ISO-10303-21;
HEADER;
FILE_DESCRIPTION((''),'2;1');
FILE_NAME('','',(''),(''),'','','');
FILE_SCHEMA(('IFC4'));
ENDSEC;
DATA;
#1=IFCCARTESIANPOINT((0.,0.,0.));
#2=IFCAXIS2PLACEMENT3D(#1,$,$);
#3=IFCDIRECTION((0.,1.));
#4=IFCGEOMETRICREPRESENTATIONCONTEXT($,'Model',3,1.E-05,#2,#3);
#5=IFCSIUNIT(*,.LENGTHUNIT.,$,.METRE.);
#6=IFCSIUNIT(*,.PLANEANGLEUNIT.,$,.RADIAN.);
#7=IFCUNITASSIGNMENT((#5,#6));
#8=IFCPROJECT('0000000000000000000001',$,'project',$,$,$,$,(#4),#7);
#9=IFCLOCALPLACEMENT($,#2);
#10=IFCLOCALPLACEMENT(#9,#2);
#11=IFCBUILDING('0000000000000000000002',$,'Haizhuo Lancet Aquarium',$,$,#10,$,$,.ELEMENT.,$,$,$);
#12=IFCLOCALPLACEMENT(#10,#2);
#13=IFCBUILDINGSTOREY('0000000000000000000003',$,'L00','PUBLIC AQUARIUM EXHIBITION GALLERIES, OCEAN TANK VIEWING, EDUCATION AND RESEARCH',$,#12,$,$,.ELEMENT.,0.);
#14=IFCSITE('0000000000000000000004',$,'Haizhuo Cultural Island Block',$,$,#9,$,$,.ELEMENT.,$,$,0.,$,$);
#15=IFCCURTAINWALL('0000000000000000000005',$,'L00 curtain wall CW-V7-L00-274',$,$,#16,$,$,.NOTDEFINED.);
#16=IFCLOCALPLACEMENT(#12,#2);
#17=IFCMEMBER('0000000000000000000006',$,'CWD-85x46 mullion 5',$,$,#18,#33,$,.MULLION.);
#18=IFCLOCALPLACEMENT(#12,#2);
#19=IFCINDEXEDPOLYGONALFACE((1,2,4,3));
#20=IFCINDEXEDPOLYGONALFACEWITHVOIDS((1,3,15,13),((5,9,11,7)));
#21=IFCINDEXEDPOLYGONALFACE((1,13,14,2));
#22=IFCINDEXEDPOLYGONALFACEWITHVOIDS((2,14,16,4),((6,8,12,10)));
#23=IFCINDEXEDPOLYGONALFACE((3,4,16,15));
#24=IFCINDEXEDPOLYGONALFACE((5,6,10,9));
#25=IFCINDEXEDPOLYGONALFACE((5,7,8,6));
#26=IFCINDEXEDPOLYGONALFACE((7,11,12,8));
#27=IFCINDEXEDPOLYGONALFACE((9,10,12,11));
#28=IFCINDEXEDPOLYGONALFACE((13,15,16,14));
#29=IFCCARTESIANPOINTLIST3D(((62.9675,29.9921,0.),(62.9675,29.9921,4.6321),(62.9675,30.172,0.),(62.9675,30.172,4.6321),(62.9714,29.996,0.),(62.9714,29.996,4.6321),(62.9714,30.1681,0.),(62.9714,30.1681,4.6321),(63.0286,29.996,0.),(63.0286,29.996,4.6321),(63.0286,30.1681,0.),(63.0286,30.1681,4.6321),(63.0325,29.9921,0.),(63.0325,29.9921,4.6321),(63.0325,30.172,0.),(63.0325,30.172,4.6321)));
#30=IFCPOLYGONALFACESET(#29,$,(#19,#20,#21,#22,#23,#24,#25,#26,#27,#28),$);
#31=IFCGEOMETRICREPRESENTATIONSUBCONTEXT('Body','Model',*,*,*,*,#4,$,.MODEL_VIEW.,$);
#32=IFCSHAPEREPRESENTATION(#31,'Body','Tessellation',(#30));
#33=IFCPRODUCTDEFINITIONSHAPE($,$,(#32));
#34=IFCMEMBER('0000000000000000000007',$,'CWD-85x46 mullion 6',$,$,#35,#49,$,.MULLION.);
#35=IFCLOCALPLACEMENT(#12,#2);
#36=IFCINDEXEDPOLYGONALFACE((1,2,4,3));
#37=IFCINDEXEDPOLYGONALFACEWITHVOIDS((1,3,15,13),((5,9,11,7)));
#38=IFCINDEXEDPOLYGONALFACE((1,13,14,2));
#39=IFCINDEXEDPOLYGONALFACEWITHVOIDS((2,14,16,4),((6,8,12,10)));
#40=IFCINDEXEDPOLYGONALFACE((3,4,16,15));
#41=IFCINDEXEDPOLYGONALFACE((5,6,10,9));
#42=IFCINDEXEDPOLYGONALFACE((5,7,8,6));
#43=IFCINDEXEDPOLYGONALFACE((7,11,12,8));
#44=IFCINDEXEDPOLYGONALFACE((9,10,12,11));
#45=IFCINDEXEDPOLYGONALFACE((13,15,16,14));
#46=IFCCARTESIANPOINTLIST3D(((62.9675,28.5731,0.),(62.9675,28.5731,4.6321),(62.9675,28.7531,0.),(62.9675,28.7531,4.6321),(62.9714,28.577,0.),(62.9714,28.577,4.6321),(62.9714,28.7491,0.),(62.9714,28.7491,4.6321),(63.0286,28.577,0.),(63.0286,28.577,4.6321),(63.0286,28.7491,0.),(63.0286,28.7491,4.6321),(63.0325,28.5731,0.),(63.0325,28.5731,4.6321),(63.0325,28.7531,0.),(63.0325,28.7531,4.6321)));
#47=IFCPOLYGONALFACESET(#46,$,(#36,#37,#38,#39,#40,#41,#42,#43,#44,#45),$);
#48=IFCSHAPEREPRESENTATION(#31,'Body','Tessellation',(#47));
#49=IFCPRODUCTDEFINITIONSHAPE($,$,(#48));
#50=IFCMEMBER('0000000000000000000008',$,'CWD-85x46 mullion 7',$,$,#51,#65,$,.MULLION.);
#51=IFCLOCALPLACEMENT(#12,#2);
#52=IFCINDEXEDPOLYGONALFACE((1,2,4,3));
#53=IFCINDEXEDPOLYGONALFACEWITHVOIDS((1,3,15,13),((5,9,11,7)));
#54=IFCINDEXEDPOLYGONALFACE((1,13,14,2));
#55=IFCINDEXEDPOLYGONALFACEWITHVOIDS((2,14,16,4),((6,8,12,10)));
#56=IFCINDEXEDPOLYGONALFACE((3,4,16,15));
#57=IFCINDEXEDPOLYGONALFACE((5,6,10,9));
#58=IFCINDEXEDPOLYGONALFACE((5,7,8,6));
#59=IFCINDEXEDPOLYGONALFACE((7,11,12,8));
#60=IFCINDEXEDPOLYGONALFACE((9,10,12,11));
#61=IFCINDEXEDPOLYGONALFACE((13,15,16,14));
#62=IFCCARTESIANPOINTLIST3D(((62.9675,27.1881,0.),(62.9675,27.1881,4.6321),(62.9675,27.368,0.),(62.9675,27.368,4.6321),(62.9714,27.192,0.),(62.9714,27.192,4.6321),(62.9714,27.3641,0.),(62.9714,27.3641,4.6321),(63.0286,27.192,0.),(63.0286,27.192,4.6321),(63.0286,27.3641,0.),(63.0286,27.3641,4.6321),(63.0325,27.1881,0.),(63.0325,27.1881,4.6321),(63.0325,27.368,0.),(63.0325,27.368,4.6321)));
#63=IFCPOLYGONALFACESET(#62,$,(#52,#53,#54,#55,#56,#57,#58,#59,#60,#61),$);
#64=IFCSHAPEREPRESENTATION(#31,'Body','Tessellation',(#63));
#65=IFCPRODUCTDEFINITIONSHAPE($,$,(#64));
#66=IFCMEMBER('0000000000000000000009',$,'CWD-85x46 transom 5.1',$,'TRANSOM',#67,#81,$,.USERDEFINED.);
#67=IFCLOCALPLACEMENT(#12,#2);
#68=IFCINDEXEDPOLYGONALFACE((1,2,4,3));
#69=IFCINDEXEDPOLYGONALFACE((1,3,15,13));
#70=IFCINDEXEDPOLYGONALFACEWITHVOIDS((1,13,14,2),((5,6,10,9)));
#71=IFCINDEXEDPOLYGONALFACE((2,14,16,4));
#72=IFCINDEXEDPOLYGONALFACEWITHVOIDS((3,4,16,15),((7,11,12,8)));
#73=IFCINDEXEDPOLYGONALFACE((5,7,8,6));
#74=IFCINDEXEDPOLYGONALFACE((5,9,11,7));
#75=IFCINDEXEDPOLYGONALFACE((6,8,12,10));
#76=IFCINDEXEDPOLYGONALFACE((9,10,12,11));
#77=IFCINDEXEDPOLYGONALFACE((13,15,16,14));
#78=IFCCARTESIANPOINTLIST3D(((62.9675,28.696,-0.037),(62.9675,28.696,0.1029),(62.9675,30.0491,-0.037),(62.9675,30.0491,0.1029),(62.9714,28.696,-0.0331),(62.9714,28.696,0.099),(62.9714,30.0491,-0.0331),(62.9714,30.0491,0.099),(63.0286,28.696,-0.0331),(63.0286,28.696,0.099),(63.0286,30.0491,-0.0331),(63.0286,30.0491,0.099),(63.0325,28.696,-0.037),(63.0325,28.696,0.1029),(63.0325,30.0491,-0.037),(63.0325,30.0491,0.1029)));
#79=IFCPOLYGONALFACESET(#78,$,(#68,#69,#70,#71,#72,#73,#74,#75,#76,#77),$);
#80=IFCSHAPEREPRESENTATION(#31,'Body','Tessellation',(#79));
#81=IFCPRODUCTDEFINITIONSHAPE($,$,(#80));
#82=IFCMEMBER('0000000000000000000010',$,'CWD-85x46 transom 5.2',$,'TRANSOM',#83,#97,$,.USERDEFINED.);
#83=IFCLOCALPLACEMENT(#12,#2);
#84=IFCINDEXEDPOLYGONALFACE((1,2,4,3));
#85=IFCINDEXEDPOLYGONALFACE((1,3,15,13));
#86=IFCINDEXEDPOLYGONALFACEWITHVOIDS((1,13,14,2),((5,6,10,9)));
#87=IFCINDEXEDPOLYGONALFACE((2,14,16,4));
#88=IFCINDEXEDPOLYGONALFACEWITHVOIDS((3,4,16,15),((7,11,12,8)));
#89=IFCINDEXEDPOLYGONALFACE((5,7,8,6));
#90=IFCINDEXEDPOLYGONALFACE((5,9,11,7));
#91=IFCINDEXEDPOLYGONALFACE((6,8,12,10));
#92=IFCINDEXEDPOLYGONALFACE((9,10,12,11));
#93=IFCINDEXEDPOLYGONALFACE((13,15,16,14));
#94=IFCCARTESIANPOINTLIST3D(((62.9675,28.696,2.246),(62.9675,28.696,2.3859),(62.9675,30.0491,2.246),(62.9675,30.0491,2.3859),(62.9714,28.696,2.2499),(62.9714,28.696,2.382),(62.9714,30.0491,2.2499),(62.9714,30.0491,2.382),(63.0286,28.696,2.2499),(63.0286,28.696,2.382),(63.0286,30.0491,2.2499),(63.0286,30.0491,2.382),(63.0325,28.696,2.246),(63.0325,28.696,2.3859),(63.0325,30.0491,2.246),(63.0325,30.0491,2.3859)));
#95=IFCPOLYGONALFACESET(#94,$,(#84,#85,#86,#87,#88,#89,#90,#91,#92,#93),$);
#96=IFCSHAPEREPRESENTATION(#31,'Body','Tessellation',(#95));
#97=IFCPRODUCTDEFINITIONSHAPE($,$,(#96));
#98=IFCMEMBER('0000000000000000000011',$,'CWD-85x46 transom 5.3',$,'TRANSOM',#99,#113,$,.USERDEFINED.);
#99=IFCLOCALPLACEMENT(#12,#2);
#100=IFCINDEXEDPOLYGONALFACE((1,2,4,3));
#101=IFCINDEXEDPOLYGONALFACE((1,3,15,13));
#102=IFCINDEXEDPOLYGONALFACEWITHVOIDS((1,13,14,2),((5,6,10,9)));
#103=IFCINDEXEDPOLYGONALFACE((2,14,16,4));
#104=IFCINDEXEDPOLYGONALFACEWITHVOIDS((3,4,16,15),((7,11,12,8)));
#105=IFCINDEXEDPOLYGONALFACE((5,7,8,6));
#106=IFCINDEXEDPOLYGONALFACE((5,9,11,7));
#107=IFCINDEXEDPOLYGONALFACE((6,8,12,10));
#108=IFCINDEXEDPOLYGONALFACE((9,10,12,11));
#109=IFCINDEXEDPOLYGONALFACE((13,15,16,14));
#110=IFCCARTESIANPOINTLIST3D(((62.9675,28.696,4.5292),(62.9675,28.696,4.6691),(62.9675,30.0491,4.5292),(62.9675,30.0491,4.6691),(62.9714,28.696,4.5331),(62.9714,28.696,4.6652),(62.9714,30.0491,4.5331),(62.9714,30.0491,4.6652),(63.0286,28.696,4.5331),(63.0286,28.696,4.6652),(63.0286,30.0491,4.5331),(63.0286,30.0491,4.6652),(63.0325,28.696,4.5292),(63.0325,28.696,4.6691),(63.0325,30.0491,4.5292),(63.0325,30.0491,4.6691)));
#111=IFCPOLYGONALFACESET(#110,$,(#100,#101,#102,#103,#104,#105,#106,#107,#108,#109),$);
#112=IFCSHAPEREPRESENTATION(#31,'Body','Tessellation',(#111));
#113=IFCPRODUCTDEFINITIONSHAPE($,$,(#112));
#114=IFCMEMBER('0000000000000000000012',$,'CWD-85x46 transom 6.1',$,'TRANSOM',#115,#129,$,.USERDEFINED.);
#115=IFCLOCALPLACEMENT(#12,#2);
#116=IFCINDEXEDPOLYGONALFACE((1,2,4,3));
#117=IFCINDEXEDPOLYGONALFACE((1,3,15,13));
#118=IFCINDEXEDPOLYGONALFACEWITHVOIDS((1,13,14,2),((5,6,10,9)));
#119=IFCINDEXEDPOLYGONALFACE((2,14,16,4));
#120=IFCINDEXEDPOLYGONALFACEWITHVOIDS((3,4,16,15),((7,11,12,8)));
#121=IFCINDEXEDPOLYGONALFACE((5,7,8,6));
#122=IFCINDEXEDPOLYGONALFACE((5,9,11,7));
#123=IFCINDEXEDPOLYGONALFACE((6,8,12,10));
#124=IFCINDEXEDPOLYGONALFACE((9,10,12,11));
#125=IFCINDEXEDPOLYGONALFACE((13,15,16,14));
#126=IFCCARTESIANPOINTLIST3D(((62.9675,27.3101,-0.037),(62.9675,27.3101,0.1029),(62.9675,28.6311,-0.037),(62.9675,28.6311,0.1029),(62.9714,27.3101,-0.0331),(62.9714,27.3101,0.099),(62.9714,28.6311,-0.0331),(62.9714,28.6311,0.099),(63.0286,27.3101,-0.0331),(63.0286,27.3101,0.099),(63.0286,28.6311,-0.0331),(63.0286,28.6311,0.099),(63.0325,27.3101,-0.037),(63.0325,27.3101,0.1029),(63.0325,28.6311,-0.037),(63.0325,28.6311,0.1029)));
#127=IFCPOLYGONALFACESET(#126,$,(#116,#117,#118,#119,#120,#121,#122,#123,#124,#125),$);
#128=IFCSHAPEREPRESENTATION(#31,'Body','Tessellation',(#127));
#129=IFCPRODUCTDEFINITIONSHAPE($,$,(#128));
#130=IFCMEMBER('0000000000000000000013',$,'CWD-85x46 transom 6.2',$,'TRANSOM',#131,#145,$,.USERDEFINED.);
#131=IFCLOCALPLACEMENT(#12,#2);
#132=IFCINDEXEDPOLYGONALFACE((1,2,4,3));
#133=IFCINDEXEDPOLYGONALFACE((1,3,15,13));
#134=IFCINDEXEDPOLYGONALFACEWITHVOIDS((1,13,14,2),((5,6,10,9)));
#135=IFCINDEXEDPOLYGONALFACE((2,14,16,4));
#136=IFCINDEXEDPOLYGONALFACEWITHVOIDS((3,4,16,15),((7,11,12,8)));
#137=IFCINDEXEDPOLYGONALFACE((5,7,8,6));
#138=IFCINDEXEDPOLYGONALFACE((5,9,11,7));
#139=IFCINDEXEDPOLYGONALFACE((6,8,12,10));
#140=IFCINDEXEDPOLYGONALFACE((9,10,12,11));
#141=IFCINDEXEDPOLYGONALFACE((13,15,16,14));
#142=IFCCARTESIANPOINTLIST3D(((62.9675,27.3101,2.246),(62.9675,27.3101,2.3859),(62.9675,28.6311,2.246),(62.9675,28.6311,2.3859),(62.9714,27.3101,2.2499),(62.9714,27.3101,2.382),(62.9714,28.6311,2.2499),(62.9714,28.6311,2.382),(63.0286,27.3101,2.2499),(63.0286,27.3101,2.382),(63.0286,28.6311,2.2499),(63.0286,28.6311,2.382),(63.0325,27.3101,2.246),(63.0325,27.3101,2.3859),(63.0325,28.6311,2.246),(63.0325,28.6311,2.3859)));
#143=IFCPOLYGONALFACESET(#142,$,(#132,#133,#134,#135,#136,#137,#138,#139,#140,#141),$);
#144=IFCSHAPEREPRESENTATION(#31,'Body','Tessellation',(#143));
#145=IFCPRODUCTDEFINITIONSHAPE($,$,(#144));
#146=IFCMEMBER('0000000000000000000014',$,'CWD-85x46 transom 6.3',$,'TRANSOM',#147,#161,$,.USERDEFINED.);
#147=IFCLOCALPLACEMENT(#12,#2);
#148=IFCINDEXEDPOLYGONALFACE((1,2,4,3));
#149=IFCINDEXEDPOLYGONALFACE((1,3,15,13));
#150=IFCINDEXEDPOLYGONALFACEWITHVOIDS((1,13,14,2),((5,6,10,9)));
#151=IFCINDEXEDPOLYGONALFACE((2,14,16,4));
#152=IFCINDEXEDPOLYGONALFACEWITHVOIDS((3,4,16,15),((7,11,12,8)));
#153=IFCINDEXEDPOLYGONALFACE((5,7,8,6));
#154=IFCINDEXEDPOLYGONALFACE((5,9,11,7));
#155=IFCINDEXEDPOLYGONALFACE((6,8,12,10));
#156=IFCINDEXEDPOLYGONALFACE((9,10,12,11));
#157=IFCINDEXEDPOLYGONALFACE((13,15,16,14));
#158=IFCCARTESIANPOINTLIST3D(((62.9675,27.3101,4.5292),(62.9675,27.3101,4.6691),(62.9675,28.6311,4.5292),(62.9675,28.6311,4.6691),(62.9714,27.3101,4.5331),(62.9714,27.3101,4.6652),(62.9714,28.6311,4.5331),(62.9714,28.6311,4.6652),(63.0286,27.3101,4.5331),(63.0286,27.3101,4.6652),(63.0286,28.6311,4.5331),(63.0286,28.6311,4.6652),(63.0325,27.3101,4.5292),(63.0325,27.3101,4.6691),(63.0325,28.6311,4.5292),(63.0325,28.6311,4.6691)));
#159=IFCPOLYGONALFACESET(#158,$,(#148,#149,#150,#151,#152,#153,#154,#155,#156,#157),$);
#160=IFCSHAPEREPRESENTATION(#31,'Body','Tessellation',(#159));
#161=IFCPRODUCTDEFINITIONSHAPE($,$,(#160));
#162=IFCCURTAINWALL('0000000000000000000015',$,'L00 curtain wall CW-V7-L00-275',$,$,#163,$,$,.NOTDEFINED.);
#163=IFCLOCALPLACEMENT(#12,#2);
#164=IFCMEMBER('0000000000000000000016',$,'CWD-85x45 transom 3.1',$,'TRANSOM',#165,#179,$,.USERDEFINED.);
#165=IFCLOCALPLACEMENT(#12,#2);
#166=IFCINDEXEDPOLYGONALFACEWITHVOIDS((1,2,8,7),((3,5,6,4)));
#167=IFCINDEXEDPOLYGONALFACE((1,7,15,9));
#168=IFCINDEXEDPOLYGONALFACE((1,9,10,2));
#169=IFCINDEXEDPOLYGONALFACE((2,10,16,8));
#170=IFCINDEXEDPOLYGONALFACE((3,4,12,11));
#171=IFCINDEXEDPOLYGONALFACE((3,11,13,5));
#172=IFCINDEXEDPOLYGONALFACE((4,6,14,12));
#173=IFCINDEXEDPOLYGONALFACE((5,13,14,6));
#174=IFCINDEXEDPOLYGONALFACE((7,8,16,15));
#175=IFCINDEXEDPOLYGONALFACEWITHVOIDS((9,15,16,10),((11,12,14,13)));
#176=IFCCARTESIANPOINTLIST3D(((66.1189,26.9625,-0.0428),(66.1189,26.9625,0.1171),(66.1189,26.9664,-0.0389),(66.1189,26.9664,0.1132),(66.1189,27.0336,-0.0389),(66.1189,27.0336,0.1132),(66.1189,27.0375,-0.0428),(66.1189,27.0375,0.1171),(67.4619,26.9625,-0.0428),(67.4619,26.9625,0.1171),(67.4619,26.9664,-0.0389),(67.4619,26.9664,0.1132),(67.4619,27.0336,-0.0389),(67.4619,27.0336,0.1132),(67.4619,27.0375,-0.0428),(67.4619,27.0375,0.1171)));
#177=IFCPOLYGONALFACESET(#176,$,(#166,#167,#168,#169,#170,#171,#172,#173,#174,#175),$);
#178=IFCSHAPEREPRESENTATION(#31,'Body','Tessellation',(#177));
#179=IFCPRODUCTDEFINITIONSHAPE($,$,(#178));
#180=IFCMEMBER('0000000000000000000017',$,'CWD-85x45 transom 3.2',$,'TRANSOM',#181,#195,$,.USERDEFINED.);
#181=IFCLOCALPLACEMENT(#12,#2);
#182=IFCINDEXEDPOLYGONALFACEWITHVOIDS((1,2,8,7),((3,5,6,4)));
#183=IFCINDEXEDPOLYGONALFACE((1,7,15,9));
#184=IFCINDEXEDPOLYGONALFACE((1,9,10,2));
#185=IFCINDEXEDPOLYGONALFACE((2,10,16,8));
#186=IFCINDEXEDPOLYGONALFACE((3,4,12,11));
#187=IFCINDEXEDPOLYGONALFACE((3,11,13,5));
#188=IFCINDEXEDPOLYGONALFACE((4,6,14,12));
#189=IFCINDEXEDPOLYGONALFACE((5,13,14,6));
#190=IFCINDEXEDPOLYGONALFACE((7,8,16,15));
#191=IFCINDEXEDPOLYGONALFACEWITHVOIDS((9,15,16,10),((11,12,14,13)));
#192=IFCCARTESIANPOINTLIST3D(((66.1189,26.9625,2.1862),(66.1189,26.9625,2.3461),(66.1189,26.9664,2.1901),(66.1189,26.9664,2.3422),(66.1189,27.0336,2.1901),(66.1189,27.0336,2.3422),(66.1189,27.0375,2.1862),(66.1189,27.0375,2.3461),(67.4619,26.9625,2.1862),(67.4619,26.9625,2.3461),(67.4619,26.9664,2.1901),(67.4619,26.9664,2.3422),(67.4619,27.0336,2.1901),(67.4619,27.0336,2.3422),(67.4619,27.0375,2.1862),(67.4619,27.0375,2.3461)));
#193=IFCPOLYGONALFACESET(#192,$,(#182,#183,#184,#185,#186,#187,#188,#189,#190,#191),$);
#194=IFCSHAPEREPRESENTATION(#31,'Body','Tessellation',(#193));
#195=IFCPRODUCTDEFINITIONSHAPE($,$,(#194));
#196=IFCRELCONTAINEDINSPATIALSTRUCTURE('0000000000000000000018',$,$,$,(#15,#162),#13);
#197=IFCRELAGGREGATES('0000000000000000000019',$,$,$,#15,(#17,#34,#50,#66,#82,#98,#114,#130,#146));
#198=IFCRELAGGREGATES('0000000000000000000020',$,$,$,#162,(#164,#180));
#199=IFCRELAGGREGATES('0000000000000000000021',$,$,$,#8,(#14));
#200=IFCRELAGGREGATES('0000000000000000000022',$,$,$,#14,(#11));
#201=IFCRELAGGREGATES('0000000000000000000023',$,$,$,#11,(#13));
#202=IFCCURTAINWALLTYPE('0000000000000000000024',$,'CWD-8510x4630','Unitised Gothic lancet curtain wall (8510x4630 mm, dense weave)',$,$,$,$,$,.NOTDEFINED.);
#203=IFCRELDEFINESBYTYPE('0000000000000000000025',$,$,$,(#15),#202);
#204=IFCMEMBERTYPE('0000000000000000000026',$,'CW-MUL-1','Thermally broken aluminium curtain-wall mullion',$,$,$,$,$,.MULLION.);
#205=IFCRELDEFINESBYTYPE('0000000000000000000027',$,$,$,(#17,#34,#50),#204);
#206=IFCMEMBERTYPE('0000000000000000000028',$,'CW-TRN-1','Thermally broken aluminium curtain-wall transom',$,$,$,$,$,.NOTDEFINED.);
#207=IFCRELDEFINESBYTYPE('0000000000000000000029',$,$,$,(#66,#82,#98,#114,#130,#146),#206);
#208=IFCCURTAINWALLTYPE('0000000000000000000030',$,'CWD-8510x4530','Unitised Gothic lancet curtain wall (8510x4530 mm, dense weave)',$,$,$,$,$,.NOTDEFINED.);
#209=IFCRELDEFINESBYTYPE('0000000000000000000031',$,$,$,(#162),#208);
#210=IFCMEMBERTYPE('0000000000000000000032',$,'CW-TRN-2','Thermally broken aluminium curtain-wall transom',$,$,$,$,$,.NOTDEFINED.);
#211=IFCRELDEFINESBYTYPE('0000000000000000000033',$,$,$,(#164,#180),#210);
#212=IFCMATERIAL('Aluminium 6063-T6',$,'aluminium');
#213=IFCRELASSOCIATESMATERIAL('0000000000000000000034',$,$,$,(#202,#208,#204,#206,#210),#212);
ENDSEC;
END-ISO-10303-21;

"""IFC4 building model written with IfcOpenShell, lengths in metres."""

from ifc_helpers import new_model, si_unit, direction, frame, origin, origin_2d, place, context, subcontext, project, spatial, hollow_rectangle, extrude, material, material_profile, profile_set, type_object, element, aggregate, save


model = new_model("IFC4")

# Units and contexts
model_context = context("Model", 3, precision=1e-05, world=origin(), true_north=direction((0.0, 1.0)))
body_context = subcontext(model_context, "Body", "Model", "MODEL_VIEW")
ifc_project = project(units=[si_unit("LENGTHUNIT", "METRE"), si_unit("PLANEANGLEUNIT", "RADIAN")], contexts=[model_context])

# Site, building, storey
site_placement = place(None, origin())
site = spatial("IfcSite", under=ifc_project, at=site_placement, Name="Haizhuo Cultural Island Block", CompositionType="ELEMENT", RefElevation=0.0)
building_placement = place(site_placement, origin())
building = spatial("IfcBuilding", under=site, at=building_placement, Name="Haizhuo Lancet Aquarium", CompositionType="ELEMENT")
storey_placement = place(building_placement, origin())
storey = spatial("IfcBuildingStorey", under=building, at=storey_placement, Name="L00", Description="PUBLIC AQUARIUM EXHIBITION GALLERIES, OCEAN TANK VIEWING, EDUCATION AND RESEARCH", CompositionType="ELEMENT", Elevation=0.0)

# Curtain walls, members
ifc_material_1 = material(Name="Aluminium 6063-T6", Category="aluminium")
curtain_wall_type_1 = type_object("IfcCurtainWallType", Name="CWD-8510x4630", Description="Unitised Gothic lancet curtain wall (8510x4630 mm, dense weave)", PredefinedType="NOTDEFINED", material=ifc_material_1)
curtain_wall_1_placement = place(storey_placement, origin())
curtain_wall_1 = element("IfcCurtainWall", 1, at=curtain_wall_1_placement, inside=storey, type_object=curtain_wall_type_1, Name="L00 curtain wall CW-V7-L00-274", PredefinedType="NOTDEFINED")
ifc_material_profile_1 = material_profile(ifc_material_1, hollow_rectangle(XDim=0.0649, YDim=0.1799, WallThickness=0.0039, at=origin_2d()), Name="ALU-M 65x180x4")
ifc_profile_set_1 = profile_set([ifc_material_profile_1], Name="Aluminium 6063-T6")
member_type_1 = type_object("IfcMemberType", Name="CW-MUL-1", Description="Thermally broken aluminium curtain-wall mullion", PredefinedType="MULLION", material=ifc_profile_set_1)
member_1_placement = place(storey_placement, frame((63.0, 30.082, 0.0), z_axis=(0.0, 0.0, 1.0), x_axis=(1.0, 0.0, 0.0)))
member_1 = element("IfcMember", 2, at=member_1_placement, type_object=member_type_1, Name="CWD-85x46 mullion 5", PredefinedType="MULLION", context=body_context, shape_type="SweptSolid", body=[
    extrude(hollow_rectangle(XDim=0.0649, YDim=0.1799, WallThickness=0.0039, at=origin_2d()), origin(), (0.0, 0.0, 1.0), 4.6321),
])
member_2_placement = place(storey_placement, frame((63.0, 28.6631, 0.0), z_axis=(0.0, 0.0, 1.0), x_axis=(1.0, 0.0, 0.0)))
member_2 = element("IfcMember", 3, at=member_2_placement, type_object=member_type_1, Name="CWD-85x46 mullion 6", PredefinedType="MULLION", context=body_context, shape_type="SweptSolid", body=[
    extrude(hollow_rectangle(XDim=0.0649, YDim=0.1799, WallThickness=0.0039, at=origin_2d()), origin(), (0.0, 0.0, 1.0), 4.6321),
])
member_3_placement = place(storey_placement, frame((63.0, 27.2781, 0.0), z_axis=(0.0, 0.0, 1.0), x_axis=(1.0, 0.0, 0.0)))
member_3 = element("IfcMember", 4, at=member_3_placement, type_object=member_type_1, Name="CWD-85x46 mullion 7", PredefinedType="MULLION", context=body_context, shape_type="SweptSolid", body=[
    extrude(hollow_rectangle(XDim=0.0649, YDim=0.1799, WallThickness=0.0039, at=origin_2d()), origin(), (0.0, 0.0, 1.0), 4.6321),
])
ifc_material_profile_2 = material_profile(ifc_material_1, hollow_rectangle(XDim=0.0649, YDim=0.1399, WallThickness=0.0039, at=origin_2d()), Name="ALU-T 65x140x4")
ifc_profile_set_2 = profile_set([ifc_material_profile_2], Name="Aluminium 6063-T6")
member_type_2 = type_object("IfcMemberType", Name="CW-TRN-1", Description="Thermally broken aluminium curtain-wall transom", PredefinedType="NOTDEFINED", material=ifc_profile_set_2)
member_4_placement = place(storey_placement, frame((63.0, 30.0491, 0.033), z_axis=(0.0, -1.0, 0.0), x_axis=(1.0, 0.0, 0.0)))
member_4 = element("IfcMember", 5, at=member_4_placement, type_object=member_type_2, Name="CWD-85x46 transom 5.1", ObjectType="TRANSOM", PredefinedType="USERDEFINED", context=body_context, shape_type="SweptSolid", body=[
    extrude(hollow_rectangle(XDim=0.0649, YDim=0.1399, WallThickness=0.0039, at=origin_2d()), origin(), (0.0, 0.0, 1.0), 1.353),
])
member_5_placement = place(storey_placement, frame((63.0, 30.0491, 2.3159), z_axis=(0.0, -1.0, 0.0), x_axis=(1.0, 0.0, 0.0)))
member_5 = element("IfcMember", 6, at=member_5_placement, type_object=member_type_2, Name="CWD-85x46 transom 5.2", ObjectType="TRANSOM", PredefinedType="USERDEFINED", context=body_context, shape_type="SweptSolid", body=[
    extrude(hollow_rectangle(XDim=0.0649, YDim=0.1399, WallThickness=0.0039, at=origin_2d()), origin(), (0.0, 0.0, 1.0), 1.353),
])
member_6_placement = place(storey_placement, frame((63.0, 30.0491, 4.5991), z_axis=(0.0, -1.0, 0.0), x_axis=(1.0, 0.0, 0.0)))
member_6 = element("IfcMember", 7, at=member_6_placement, type_object=member_type_2, Name="CWD-85x46 transom 5.3", ObjectType="TRANSOM", PredefinedType="USERDEFINED", context=body_context, shape_type="SweptSolid", body=[
    extrude(hollow_rectangle(XDim=0.0649, YDim=0.1399, WallThickness=0.0039, at=origin_2d()), origin(), (0.0, 0.0, 1.0), 1.353),
])
member_7_placement = place(storey_placement, frame((63.0, 28.6311, 0.033), z_axis=(0.0, -1.0, 0.0), x_axis=(1.0, 0.0, 0.0)))
member_7 = element("IfcMember", 8, at=member_7_placement, type_object=member_type_2, Name="CWD-85x46 transom 6.1", ObjectType="TRANSOM", PredefinedType="USERDEFINED", context=body_context, shape_type="SweptSolid", body=[
    extrude(hollow_rectangle(XDim=0.0649, YDim=0.1399, WallThickness=0.0039, at=origin_2d()), origin(), (0.0, 0.0, 1.0), 1.321),
])
member_8_placement = place(storey_placement, frame((63.0, 28.6311, 2.3159), z_axis=(0.0, -1.0, 0.0), x_axis=(1.0, 0.0, 0.0)))
member_8 = element("IfcMember", 9, at=member_8_placement, type_object=member_type_2, Name="CWD-85x46 transom 6.2", ObjectType="TRANSOM", PredefinedType="USERDEFINED", context=body_context, shape_type="SweptSolid", body=[
    extrude(hollow_rectangle(XDim=0.0649, YDim=0.1399, WallThickness=0.0039, at=origin_2d()), origin(), (0.0, 0.0, 1.0), 1.321),
])
member_9_placement = place(storey_placement, frame((63.0, 28.6311, 4.5991), z_axis=(0.0, -1.0, 0.0), x_axis=(1.0, 0.0, 0.0)))
member_9 = element("IfcMember", 10, at=member_9_placement, type_object=member_type_2, Name="CWD-85x46 transom 6.3", ObjectType="TRANSOM", PredefinedType="USERDEFINED", context=body_context, shape_type="SweptSolid", body=[
    extrude(hollow_rectangle(XDim=0.0649, YDim=0.1399, WallThickness=0.0039, at=origin_2d()), origin(), (0.0, 0.0, 1.0), 1.321),
])
curtain_wall_type_2 = type_object("IfcCurtainWallType", Name="CWD-8510x4530", Description="Unitised Gothic lancet curtain wall (8510x4530 mm, dense weave)", PredefinedType="NOTDEFINED", material=ifc_material_1)
curtain_wall_2_placement = place(storey_placement, origin())
curtain_wall_2 = element("IfcCurtainWall", 11, at=curtain_wall_2_placement, inside=storey, type_object=curtain_wall_type_2, Name="L00 curtain wall CW-V7-L00-275", PredefinedType="NOTDEFINED")
ifc_material_profile_3 = material_profile(ifc_material_1, hollow_rectangle(XDim=0.075, YDim=0.1599, WallThickness=0.0039, at=origin_2d()), Name="ALU-T 75x160x4")
ifc_profile_set_3 = profile_set([ifc_material_profile_3], Name="Aluminium 6063-T6")
member_type_3 = type_object("IfcMemberType", Name="CW-TRN-2", Description="Thermally broken aluminium curtain-wall transom", PredefinedType="NOTDEFINED", material=ifc_profile_set_3)
member_10_placement = place(storey_placement, frame((66.1189, 27.0, 0.0371), z_axis=(1.0, 0.0, 0.0), x_axis=(0.0, 1.0, 0.0)))
member_10 = element("IfcMember", 12, at=member_10_placement, type_object=member_type_3, Name="CWD-85x45 transom 3.1", ObjectType="TRANSOM", PredefinedType="USERDEFINED", context=body_context, shape_type="SweptSolid", body=[
    extrude(hollow_rectangle(XDim=0.075, YDim=0.1599, WallThickness=0.0039, at=origin_2d()), origin(), (0.0, 0.0, 1.0), 1.343),
])
member_11_placement = place(storey_placement, frame((66.1189, 27.0, 2.2661), z_axis=(1.0, 0.0, 0.0), x_axis=(0.0, 1.0, 0.0)))
member_11 = element("IfcMember", 13, at=member_11_placement, type_object=member_type_3, Name="CWD-85x45 transom 3.2", ObjectType="TRANSOM", PredefinedType="USERDEFINED", context=body_context, shape_type="SweptSolid", body=[
    extrude(hollow_rectangle(XDim=0.075, YDim=0.1599, WallThickness=0.0039, at=origin_2d()), origin(), (0.0, 0.0, 1.0), 1.343),
])

aggregate(curtain_wall_1, [member_1, member_2, member_3, member_4, member_5, member_6, member_7, member_8, member_9])
aggregate(curtain_wall_2, [member_10, member_11])

save(model, "model.ifc")
